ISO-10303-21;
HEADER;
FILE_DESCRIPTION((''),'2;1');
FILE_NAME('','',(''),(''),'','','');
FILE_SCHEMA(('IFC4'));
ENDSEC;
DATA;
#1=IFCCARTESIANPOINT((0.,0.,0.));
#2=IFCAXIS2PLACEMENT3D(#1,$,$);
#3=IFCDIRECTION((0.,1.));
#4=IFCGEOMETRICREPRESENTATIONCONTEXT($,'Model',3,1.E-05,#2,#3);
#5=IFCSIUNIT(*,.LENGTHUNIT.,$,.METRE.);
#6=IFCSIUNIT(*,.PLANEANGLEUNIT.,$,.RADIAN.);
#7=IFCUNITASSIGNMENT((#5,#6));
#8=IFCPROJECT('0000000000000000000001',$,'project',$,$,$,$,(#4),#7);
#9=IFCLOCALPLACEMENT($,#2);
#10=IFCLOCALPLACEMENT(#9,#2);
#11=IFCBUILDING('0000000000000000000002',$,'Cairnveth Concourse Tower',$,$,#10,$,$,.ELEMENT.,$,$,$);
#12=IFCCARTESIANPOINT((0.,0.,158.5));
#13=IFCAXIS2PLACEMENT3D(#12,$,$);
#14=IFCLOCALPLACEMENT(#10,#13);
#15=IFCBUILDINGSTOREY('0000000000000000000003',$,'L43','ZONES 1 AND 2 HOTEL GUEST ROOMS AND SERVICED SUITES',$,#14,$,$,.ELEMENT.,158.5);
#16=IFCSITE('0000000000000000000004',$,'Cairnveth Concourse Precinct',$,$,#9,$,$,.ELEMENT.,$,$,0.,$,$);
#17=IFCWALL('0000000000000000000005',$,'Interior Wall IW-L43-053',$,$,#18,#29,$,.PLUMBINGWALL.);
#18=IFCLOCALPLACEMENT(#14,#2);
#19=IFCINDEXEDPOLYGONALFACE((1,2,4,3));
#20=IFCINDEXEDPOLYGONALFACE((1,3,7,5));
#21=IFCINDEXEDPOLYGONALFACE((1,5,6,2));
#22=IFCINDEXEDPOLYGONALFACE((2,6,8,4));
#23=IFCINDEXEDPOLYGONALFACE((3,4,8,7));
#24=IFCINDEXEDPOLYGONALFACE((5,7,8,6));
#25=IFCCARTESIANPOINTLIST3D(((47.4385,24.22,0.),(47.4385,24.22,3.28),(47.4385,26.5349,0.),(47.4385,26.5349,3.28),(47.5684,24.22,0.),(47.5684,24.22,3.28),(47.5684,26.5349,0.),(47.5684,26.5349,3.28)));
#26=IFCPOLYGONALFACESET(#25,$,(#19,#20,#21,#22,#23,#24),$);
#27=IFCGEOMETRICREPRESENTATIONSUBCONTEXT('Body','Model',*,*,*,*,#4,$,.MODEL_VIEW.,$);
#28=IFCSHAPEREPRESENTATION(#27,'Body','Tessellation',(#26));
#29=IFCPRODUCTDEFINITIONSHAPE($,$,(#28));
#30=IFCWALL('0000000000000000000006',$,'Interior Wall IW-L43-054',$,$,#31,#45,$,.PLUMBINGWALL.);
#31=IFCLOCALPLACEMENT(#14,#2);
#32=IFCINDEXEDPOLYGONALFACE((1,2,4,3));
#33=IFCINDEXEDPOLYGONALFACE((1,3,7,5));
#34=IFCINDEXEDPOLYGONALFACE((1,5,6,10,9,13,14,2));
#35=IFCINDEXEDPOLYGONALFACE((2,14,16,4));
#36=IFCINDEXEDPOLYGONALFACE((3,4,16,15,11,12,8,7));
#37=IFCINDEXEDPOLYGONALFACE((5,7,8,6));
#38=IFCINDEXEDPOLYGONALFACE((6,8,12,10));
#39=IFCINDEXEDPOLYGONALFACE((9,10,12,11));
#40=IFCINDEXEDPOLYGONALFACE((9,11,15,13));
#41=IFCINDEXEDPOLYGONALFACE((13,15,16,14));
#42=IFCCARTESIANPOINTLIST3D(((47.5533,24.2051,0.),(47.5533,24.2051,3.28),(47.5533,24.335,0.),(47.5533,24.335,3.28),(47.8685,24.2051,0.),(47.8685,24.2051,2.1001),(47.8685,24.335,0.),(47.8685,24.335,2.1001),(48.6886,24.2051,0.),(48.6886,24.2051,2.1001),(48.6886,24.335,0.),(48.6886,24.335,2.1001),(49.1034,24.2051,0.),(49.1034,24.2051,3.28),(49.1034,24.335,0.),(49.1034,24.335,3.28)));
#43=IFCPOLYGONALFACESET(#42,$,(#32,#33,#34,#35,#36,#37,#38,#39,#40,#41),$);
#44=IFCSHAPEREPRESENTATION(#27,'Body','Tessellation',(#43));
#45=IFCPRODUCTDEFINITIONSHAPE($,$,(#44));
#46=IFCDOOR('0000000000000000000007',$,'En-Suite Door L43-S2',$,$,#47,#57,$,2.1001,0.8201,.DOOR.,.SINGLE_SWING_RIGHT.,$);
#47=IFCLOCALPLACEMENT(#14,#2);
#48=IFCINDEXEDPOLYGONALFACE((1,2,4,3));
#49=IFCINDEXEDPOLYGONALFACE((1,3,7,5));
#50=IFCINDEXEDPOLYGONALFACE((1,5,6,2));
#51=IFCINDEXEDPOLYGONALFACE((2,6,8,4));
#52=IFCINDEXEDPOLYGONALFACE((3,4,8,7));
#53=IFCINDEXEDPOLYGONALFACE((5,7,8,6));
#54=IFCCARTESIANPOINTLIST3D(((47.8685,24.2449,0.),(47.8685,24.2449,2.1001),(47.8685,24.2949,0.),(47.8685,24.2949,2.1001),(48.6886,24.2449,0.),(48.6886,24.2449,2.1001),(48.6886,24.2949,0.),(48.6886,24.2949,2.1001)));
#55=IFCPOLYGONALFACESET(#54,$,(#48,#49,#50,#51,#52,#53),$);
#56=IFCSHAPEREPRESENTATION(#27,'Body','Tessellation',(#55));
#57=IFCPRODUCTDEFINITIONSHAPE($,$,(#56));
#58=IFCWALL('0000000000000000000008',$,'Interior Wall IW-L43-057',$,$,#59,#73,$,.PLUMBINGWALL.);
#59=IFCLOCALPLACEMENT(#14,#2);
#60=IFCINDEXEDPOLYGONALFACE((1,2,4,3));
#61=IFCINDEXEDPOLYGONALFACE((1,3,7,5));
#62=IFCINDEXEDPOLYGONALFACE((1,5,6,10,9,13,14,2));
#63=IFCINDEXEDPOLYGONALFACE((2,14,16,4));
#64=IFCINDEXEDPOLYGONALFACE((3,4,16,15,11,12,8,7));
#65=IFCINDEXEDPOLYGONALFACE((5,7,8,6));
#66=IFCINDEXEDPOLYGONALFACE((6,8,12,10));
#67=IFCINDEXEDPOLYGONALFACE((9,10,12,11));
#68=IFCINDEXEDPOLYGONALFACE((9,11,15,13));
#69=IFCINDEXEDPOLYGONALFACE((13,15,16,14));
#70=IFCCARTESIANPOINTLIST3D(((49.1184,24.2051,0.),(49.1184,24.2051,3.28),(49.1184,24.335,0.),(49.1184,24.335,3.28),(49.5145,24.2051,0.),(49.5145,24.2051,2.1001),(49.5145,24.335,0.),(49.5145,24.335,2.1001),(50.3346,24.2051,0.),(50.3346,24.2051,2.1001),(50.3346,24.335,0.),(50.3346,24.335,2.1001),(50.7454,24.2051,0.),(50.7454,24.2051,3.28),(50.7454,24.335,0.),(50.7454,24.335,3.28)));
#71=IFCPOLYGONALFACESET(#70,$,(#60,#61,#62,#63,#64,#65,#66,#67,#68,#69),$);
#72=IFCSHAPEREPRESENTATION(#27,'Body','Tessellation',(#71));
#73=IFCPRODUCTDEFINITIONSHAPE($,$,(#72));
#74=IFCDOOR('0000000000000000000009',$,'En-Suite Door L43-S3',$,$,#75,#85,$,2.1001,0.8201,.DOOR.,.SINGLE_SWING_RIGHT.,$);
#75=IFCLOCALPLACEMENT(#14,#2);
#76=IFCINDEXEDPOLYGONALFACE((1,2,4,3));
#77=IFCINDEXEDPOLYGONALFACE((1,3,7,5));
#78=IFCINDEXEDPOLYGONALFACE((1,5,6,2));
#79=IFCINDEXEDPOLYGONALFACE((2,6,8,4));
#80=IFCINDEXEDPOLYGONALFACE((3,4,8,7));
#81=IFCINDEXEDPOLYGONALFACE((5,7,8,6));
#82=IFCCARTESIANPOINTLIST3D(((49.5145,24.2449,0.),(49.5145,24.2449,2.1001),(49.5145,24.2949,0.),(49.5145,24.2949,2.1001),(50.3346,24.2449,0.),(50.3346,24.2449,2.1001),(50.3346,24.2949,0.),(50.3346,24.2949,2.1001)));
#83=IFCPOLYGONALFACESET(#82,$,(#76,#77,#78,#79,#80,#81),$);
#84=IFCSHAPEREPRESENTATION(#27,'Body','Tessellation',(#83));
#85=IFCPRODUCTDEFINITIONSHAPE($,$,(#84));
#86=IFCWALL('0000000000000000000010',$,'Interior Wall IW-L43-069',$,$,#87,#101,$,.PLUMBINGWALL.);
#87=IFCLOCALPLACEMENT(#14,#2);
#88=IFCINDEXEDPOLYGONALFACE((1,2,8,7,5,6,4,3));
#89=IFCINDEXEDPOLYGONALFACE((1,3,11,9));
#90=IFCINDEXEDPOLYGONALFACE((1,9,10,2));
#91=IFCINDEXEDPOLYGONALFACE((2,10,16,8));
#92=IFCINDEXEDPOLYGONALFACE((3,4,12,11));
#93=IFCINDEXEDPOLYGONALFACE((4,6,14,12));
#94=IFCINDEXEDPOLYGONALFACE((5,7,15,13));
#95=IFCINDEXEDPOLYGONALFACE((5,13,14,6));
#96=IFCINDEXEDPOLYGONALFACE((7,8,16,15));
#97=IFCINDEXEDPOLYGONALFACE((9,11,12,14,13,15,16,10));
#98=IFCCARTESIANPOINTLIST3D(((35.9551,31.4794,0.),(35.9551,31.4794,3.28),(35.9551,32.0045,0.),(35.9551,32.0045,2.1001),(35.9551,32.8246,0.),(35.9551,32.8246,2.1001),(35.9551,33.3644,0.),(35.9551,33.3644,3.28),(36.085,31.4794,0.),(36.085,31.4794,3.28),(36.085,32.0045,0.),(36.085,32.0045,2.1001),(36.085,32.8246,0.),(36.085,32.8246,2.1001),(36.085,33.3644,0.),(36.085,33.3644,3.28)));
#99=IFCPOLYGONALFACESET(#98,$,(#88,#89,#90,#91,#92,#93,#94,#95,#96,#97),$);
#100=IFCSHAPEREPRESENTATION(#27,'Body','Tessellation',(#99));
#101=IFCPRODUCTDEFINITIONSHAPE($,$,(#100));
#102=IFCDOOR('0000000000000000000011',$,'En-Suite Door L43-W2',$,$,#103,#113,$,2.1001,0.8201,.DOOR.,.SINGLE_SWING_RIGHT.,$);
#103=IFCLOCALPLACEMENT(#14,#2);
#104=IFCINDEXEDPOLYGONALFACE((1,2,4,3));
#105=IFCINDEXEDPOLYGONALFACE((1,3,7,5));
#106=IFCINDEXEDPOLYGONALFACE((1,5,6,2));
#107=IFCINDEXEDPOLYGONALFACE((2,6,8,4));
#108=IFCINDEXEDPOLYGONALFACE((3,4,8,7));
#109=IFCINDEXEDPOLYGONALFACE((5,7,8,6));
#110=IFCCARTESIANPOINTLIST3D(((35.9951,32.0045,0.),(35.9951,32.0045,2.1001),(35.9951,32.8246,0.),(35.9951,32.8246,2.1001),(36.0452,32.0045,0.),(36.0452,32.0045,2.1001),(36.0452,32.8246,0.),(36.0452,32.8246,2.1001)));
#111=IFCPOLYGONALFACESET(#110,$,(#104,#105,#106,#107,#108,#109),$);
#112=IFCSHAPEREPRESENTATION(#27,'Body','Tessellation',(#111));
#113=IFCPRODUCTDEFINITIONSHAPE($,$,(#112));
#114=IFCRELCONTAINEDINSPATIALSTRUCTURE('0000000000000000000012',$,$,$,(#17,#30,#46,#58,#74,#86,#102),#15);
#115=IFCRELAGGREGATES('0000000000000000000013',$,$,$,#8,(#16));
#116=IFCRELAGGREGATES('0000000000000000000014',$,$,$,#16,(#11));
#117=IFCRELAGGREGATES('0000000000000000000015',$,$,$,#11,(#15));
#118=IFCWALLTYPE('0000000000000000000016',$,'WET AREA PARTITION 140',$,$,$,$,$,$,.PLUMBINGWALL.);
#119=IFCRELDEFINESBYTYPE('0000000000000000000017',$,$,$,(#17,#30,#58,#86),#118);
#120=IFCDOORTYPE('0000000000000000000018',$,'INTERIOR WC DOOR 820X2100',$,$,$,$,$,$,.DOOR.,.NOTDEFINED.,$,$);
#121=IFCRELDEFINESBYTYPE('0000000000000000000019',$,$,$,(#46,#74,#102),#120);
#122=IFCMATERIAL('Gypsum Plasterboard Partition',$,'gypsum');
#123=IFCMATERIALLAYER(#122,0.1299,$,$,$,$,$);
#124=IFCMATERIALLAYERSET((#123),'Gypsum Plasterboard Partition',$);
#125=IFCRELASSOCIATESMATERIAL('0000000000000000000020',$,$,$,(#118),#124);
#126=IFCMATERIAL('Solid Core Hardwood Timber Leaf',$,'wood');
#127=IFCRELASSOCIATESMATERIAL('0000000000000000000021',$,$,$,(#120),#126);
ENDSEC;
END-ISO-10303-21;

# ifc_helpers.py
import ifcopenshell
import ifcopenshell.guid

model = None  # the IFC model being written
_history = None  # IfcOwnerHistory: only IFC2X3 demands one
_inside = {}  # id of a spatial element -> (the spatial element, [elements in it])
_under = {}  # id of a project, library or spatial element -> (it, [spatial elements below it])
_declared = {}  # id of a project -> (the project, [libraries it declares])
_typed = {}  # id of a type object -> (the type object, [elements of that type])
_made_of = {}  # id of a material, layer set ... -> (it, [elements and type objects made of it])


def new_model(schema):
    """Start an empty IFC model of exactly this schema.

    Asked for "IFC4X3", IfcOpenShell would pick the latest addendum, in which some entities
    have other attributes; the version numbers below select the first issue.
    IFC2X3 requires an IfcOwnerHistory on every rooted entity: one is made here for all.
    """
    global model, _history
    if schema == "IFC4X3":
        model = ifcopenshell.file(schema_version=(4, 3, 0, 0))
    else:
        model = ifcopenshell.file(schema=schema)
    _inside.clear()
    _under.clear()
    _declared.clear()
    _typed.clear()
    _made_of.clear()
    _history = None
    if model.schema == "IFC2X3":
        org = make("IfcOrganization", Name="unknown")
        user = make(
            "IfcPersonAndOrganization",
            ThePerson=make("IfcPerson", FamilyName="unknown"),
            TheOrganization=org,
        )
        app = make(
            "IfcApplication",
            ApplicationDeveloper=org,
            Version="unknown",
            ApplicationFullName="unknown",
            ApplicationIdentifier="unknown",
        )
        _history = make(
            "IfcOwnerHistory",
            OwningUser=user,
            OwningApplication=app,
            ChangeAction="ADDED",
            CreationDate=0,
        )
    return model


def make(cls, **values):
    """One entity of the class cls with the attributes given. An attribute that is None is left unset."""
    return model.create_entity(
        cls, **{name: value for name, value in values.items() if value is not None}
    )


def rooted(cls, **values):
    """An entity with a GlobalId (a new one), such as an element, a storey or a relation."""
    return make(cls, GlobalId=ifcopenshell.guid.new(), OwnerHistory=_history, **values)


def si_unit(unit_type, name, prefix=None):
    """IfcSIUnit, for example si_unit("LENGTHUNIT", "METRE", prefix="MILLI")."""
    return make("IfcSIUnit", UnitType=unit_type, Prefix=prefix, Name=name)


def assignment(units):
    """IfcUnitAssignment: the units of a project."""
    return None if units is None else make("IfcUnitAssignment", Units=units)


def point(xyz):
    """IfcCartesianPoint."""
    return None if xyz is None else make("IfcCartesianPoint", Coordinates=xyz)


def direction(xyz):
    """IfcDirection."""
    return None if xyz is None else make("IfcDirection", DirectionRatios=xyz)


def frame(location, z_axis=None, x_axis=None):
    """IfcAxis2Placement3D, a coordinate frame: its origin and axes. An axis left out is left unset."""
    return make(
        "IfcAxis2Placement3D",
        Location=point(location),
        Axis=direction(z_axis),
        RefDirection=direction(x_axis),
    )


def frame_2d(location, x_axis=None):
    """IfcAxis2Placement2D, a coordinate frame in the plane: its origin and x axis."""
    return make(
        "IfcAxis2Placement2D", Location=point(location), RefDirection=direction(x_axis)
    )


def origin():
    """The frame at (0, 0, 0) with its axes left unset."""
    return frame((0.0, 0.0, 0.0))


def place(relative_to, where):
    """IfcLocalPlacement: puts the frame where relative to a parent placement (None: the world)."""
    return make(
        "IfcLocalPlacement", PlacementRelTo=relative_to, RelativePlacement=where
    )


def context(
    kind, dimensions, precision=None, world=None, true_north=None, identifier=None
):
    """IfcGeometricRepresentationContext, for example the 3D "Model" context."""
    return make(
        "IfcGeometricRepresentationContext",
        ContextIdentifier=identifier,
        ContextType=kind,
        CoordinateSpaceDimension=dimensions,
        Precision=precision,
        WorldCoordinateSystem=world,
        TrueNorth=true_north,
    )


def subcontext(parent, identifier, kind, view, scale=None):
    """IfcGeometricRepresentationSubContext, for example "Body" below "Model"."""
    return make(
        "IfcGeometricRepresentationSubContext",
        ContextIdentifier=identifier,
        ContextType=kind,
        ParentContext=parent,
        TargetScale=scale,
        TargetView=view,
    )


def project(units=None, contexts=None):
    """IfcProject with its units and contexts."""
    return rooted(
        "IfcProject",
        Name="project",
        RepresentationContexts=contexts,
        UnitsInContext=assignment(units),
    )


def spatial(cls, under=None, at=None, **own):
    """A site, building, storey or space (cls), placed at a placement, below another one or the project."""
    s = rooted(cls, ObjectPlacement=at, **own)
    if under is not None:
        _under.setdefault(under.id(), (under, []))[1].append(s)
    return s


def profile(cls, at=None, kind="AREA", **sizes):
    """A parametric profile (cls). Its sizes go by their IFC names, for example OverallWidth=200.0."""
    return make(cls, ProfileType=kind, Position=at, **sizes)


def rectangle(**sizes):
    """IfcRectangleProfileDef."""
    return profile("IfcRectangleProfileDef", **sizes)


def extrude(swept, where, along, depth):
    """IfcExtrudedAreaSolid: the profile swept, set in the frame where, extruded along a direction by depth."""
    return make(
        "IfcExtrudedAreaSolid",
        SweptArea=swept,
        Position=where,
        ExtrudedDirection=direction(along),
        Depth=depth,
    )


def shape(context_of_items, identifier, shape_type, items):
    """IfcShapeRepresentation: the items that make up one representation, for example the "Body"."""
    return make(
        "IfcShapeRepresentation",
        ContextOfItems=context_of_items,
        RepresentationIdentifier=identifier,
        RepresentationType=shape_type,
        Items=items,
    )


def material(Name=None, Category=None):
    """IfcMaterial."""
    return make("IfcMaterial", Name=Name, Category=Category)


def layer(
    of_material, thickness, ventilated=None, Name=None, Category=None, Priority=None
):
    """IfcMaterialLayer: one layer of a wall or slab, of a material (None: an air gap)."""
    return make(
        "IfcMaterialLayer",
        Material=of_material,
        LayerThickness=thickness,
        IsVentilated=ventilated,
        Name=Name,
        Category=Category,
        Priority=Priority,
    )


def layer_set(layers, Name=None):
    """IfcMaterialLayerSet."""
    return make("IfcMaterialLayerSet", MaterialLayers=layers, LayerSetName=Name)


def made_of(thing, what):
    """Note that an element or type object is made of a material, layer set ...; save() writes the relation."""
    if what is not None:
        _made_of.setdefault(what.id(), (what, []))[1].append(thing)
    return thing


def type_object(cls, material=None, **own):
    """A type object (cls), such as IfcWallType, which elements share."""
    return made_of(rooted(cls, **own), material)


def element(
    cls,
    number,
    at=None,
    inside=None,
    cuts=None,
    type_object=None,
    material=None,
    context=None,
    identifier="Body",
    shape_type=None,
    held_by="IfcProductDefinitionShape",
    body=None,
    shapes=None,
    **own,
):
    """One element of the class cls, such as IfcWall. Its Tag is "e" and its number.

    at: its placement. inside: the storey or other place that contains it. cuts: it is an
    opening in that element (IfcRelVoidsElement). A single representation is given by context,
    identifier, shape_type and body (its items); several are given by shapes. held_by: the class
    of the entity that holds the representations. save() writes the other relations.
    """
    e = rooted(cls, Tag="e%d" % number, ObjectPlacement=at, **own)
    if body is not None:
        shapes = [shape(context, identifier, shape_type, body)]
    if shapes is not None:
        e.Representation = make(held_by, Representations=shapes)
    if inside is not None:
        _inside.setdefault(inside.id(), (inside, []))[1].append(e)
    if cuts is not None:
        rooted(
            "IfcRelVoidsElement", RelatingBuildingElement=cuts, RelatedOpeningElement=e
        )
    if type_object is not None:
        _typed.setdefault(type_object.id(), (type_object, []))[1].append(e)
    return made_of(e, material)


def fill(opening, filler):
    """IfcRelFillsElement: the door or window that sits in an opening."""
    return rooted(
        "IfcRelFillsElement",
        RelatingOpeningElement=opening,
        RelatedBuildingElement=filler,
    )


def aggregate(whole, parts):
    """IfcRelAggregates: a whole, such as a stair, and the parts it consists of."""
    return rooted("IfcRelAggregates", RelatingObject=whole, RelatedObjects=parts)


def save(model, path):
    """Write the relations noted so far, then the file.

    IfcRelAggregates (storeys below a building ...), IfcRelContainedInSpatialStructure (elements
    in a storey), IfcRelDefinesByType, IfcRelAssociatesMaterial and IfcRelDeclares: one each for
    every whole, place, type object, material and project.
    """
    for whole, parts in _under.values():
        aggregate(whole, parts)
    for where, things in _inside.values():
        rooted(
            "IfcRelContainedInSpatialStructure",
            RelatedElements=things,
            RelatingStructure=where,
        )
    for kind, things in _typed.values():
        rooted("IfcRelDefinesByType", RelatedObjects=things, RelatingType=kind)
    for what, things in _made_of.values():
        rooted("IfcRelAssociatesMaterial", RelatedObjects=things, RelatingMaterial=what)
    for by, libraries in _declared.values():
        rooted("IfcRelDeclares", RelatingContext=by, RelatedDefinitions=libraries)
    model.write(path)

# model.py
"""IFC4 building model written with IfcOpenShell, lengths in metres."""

from ifc_helpers import new_model, si_unit, direction, frame, frame_2d, origin, place, context, subcontext, project, spatial, rectangle, extrude, material, layer, layer_set, type_object, element, fill, save


model = new_model("IFC4")

# Units and contexts
model_context = context("Model", 3, precision=1e-05, world=origin(), true_north=direction((0.0, 1.0)))
body_context = subcontext(model_context, "Body", "Model", "MODEL_VIEW")
ifc_project = project(units=[si_unit("LENGTHUNIT", "METRE"), si_unit("PLANEANGLEUNIT", "RADIAN")], contexts=[model_context])

# Site, building, storey
site_placement = place(None, origin())
site = spatial("IfcSite", under=ifc_project, at=site_placement, Name="Cairnveth Concourse Precinct", CompositionType="ELEMENT", RefElevation=0.0)
building_placement = place(site_placement, origin())
building = spatial("IfcBuilding", under=site, at=building_placement, Name="Cairnveth Concourse Tower", CompositionType="ELEMENT")
storey_placement = place(building_placement, frame((0.0, 0.0, 158.5)))
storey = spatial("IfcBuildingStorey", under=building, at=storey_placement, Name="L43", Description="ZONES 1 AND 2 HOTEL GUEST ROOMS AND SERVICED SUITES", CompositionType="ELEMENT", Elevation=158.5)

# Shared definitions
ifc_material_1 = material(Name="Gypsum Plasterboard Partition", Category="gypsum")

# Shared definitions
ifc_material_2 = material(Name="Solid Core Hardwood Timber Leaf", Category="wood")

# Shared definitions
ifc_layer_1 = layer(ifc_material_1, 0.1299)
ifc_layer_set_1 = layer_set([ifc_layer_1], Name="Gypsum Plasterboard Partition")
wall_type_1 = type_object("IfcWallType", Name="WET AREA PARTITION 140", PredefinedType="PLUMBINGWALL", material=ifc_layer_set_1)

# Shared definitions
door_type_1 = type_object("IfcDoorType", Name="INTERIOR WC DOOR 820X2100", OperationType="NOTDEFINED", PredefinedType="DOOR", material=ifc_material_2)

# Wall
wall_1_placement = place(storey_placement, frame((47.5034, 24.22, 0.0), z_axis=(0.0, 0.0, 1.0), x_axis=(0.0, 1.0, 0.0)))
element("IfcWall", 1, at=wall_1_placement, inside=storey, type_object=wall_type_1, Name="Interior Wall IW-L43-053", PredefinedType="PLUMBINGWALL", context=body_context, shape_type="SweptSolid", body=[
    extrude(rectangle(XDim=2.3149, YDim=0.1299, at=frame_2d((1.1575, 0.0))), origin(), (0.0, 0.0, 1.0), 3.28),
])

# Walls, openings, doors
wall_2_placement = place(storey_placement, frame((47.5535, 24.27, 0.0), z_axis=(0.0, 0.0, 1.0), x_axis=(1.0, 0.0, 0.0)))
wall_2 = element("IfcWall", 2, at=wall_2_placement, inside=storey, type_object=wall_type_1, Name="Interior Wall IW-L43-054", PredefinedType="PLUMBINGWALL", context=body_context, shape_type="SweptSolid", body=[
    extrude(rectangle(XDim=1.55, YDim=0.1299, at=frame_2d((0.7749, 0.0))), origin(), (0.0, 0.0, 1.0), 3.28),
])
opening_1_placement = place(wall_2_placement, frame((0.3149, 0.0, 0.0)))
opening_1 = element("IfcOpeningElement", 3, at=opening_1_placement, cuts=wall_2, PredefinedType="OPENING", context=body_context, shape_type="SweptSolid", body=[
    extrude(rectangle(XDim=0.8201, YDim=2.1001, at=frame_2d((0.4102, 1.05))), frame((0.0, 0.075, 0.0), z_axis=(0.0, -1.0, 0.0), x_axis=(1.0, 0.0, 0.0)), (0.0, 0.0, 1.0), 0.1499),
])
door_1_placement = place(opening_1_placement, origin())
door_1 = element("IfcDoor", 4, at=door_1_placement, inside=storey, type_object=door_type_1, Name="En-Suite Door L43-S2", OperationType="SINGLE_SWING_RIGHT", OverallHeight=2.1001, OverallWidth=0.8201, PredefinedType="DOOR", context=body_context, shape_type="SweptSolid", body=[
    extrude(rectangle(XDim=0.8201, YDim=2.1001, at=frame_2d((0.4102, 1.05))), frame((0.0, 0.0249, 0.0), z_axis=(0.0, -1.0, 0.0), x_axis=(1.0, 0.0, 0.0)), (0.0, 0.0, 1.0), 0.05),
])
fill(opening_1, door_1)
wall_3_placement = place(storey_placement, frame((49.1184, 24.27, 0.0), z_axis=(0.0, 0.0, 1.0), x_axis=(1.0, 0.0, 0.0)))
wall_3 = element("IfcWall", 5, at=wall_3_placement, inside=storey, type_object=wall_type_1, Name="Interior Wall IW-L43-057", PredefinedType="PLUMBINGWALL", context=body_context, shape_type="SweptSolid", body=[
    extrude(rectangle(XDim=1.627, YDim=0.1299, at=frame_2d((0.8135, 0.0))), origin(), (0.0, 0.0, 1.0), 3.28),
])
opening_2_placement = place(wall_3_placement, frame((0.396, 0.0, 0.0)))
opening_2 = element("IfcOpeningElement", 6, at=opening_2_placement, cuts=wall_3, PredefinedType="OPENING", context=body_context, shape_type="SweptSolid", body=[
    extrude(rectangle(XDim=0.8201, YDim=2.1001, at=frame_2d((0.4102, 1.05))), frame((0.0, 0.075, 0.0), z_axis=(0.0, -1.0, 0.0), x_axis=(1.0, 0.0, 0.0)), (0.0, 0.0, 1.0), 0.1499),
])
door_2_placement = place(opening_2_placement, origin())
door_2 = element("IfcDoor", 7, at=door_2_placement, inside=storey, type_object=door_type_1, Name="En-Suite Door L43-S3", OperationType="SINGLE_SWING_RIGHT", OverallHeight=2.1001, OverallWidth=0.8201, PredefinedType="DOOR", context=body_context, shape_type="SweptSolid", body=[
    extrude(rectangle(XDim=0.8201, YDim=2.1001, at=frame_2d((0.4102, 1.05))), frame((0.0, 0.0249, 0.0), z_axis=(0.0, -1.0, 0.0), x_axis=(1.0, 0.0, 0.0)), (0.0, 0.0, 1.0), 0.05),
])
fill(opening_2, door_2)
wall_4_placement = place(storey_placement, frame((36.02, 31.4795, 0.0), z_axis=(0.0, 0.0, 1.0), x_axis=(0.0, 1.0, 0.0)))
wall_4 = element("IfcWall", 8, at=wall_4_placement, inside=storey, type_object=wall_type_1, Name="Interior Wall IW-L43-069", PredefinedType="PLUMBINGWALL", context=body_context, shape_type="SweptSolid", body=[
    extrude(rectangle(XDim=1.885, YDim=0.1299, at=frame_2d((0.9424, 0.0))), origin(), (0.0, 0.0, 1.0), 3.28),
])
opening_3_placement = place(wall_4_placement, frame((0.5249, 0.0, 0.0)))
opening_3 = element("IfcOpeningElement", 9, at=opening_3_placement, cuts=wall_4, PredefinedType="OPENING", context=body_context, shape_type="SweptSolid", body=[
    extrude(rectangle(XDim=0.8201, YDim=2.1001, at=frame_2d((0.4102, 1.05))), frame((0.0, 0.075, 0.0), z_axis=(0.0, -1.0, 0.0), x_axis=(1.0, 0.0, 0.0)), (0.0, 0.0, 1.0), 0.1499),
])
door_3_placement = place(opening_3_placement, origin())
door_3 = element("IfcDoor", 10, at=door_3_placement, inside=storey, type_object=door_type_1, Name="En-Suite Door L43-W2", OperationType="SINGLE_SWING_RIGHT", OverallHeight=2.1001, OverallWidth=0.8201, PredefinedType="DOOR", context=body_context, shape_type="SweptSolid", body=[
    extrude(rectangle(XDim=0.8201, YDim=2.1001, at=frame_2d((0.4102, 1.05))), frame((0.0, 0.0249, 0.0), z_axis=(0.0, -1.0, 0.0), x_axis=(1.0, 0.0, 0.0)), (0.0, 0.0, 1.0), 0.05),
])
fill(opening_3, door_3)

save(model, "model.ifc")
